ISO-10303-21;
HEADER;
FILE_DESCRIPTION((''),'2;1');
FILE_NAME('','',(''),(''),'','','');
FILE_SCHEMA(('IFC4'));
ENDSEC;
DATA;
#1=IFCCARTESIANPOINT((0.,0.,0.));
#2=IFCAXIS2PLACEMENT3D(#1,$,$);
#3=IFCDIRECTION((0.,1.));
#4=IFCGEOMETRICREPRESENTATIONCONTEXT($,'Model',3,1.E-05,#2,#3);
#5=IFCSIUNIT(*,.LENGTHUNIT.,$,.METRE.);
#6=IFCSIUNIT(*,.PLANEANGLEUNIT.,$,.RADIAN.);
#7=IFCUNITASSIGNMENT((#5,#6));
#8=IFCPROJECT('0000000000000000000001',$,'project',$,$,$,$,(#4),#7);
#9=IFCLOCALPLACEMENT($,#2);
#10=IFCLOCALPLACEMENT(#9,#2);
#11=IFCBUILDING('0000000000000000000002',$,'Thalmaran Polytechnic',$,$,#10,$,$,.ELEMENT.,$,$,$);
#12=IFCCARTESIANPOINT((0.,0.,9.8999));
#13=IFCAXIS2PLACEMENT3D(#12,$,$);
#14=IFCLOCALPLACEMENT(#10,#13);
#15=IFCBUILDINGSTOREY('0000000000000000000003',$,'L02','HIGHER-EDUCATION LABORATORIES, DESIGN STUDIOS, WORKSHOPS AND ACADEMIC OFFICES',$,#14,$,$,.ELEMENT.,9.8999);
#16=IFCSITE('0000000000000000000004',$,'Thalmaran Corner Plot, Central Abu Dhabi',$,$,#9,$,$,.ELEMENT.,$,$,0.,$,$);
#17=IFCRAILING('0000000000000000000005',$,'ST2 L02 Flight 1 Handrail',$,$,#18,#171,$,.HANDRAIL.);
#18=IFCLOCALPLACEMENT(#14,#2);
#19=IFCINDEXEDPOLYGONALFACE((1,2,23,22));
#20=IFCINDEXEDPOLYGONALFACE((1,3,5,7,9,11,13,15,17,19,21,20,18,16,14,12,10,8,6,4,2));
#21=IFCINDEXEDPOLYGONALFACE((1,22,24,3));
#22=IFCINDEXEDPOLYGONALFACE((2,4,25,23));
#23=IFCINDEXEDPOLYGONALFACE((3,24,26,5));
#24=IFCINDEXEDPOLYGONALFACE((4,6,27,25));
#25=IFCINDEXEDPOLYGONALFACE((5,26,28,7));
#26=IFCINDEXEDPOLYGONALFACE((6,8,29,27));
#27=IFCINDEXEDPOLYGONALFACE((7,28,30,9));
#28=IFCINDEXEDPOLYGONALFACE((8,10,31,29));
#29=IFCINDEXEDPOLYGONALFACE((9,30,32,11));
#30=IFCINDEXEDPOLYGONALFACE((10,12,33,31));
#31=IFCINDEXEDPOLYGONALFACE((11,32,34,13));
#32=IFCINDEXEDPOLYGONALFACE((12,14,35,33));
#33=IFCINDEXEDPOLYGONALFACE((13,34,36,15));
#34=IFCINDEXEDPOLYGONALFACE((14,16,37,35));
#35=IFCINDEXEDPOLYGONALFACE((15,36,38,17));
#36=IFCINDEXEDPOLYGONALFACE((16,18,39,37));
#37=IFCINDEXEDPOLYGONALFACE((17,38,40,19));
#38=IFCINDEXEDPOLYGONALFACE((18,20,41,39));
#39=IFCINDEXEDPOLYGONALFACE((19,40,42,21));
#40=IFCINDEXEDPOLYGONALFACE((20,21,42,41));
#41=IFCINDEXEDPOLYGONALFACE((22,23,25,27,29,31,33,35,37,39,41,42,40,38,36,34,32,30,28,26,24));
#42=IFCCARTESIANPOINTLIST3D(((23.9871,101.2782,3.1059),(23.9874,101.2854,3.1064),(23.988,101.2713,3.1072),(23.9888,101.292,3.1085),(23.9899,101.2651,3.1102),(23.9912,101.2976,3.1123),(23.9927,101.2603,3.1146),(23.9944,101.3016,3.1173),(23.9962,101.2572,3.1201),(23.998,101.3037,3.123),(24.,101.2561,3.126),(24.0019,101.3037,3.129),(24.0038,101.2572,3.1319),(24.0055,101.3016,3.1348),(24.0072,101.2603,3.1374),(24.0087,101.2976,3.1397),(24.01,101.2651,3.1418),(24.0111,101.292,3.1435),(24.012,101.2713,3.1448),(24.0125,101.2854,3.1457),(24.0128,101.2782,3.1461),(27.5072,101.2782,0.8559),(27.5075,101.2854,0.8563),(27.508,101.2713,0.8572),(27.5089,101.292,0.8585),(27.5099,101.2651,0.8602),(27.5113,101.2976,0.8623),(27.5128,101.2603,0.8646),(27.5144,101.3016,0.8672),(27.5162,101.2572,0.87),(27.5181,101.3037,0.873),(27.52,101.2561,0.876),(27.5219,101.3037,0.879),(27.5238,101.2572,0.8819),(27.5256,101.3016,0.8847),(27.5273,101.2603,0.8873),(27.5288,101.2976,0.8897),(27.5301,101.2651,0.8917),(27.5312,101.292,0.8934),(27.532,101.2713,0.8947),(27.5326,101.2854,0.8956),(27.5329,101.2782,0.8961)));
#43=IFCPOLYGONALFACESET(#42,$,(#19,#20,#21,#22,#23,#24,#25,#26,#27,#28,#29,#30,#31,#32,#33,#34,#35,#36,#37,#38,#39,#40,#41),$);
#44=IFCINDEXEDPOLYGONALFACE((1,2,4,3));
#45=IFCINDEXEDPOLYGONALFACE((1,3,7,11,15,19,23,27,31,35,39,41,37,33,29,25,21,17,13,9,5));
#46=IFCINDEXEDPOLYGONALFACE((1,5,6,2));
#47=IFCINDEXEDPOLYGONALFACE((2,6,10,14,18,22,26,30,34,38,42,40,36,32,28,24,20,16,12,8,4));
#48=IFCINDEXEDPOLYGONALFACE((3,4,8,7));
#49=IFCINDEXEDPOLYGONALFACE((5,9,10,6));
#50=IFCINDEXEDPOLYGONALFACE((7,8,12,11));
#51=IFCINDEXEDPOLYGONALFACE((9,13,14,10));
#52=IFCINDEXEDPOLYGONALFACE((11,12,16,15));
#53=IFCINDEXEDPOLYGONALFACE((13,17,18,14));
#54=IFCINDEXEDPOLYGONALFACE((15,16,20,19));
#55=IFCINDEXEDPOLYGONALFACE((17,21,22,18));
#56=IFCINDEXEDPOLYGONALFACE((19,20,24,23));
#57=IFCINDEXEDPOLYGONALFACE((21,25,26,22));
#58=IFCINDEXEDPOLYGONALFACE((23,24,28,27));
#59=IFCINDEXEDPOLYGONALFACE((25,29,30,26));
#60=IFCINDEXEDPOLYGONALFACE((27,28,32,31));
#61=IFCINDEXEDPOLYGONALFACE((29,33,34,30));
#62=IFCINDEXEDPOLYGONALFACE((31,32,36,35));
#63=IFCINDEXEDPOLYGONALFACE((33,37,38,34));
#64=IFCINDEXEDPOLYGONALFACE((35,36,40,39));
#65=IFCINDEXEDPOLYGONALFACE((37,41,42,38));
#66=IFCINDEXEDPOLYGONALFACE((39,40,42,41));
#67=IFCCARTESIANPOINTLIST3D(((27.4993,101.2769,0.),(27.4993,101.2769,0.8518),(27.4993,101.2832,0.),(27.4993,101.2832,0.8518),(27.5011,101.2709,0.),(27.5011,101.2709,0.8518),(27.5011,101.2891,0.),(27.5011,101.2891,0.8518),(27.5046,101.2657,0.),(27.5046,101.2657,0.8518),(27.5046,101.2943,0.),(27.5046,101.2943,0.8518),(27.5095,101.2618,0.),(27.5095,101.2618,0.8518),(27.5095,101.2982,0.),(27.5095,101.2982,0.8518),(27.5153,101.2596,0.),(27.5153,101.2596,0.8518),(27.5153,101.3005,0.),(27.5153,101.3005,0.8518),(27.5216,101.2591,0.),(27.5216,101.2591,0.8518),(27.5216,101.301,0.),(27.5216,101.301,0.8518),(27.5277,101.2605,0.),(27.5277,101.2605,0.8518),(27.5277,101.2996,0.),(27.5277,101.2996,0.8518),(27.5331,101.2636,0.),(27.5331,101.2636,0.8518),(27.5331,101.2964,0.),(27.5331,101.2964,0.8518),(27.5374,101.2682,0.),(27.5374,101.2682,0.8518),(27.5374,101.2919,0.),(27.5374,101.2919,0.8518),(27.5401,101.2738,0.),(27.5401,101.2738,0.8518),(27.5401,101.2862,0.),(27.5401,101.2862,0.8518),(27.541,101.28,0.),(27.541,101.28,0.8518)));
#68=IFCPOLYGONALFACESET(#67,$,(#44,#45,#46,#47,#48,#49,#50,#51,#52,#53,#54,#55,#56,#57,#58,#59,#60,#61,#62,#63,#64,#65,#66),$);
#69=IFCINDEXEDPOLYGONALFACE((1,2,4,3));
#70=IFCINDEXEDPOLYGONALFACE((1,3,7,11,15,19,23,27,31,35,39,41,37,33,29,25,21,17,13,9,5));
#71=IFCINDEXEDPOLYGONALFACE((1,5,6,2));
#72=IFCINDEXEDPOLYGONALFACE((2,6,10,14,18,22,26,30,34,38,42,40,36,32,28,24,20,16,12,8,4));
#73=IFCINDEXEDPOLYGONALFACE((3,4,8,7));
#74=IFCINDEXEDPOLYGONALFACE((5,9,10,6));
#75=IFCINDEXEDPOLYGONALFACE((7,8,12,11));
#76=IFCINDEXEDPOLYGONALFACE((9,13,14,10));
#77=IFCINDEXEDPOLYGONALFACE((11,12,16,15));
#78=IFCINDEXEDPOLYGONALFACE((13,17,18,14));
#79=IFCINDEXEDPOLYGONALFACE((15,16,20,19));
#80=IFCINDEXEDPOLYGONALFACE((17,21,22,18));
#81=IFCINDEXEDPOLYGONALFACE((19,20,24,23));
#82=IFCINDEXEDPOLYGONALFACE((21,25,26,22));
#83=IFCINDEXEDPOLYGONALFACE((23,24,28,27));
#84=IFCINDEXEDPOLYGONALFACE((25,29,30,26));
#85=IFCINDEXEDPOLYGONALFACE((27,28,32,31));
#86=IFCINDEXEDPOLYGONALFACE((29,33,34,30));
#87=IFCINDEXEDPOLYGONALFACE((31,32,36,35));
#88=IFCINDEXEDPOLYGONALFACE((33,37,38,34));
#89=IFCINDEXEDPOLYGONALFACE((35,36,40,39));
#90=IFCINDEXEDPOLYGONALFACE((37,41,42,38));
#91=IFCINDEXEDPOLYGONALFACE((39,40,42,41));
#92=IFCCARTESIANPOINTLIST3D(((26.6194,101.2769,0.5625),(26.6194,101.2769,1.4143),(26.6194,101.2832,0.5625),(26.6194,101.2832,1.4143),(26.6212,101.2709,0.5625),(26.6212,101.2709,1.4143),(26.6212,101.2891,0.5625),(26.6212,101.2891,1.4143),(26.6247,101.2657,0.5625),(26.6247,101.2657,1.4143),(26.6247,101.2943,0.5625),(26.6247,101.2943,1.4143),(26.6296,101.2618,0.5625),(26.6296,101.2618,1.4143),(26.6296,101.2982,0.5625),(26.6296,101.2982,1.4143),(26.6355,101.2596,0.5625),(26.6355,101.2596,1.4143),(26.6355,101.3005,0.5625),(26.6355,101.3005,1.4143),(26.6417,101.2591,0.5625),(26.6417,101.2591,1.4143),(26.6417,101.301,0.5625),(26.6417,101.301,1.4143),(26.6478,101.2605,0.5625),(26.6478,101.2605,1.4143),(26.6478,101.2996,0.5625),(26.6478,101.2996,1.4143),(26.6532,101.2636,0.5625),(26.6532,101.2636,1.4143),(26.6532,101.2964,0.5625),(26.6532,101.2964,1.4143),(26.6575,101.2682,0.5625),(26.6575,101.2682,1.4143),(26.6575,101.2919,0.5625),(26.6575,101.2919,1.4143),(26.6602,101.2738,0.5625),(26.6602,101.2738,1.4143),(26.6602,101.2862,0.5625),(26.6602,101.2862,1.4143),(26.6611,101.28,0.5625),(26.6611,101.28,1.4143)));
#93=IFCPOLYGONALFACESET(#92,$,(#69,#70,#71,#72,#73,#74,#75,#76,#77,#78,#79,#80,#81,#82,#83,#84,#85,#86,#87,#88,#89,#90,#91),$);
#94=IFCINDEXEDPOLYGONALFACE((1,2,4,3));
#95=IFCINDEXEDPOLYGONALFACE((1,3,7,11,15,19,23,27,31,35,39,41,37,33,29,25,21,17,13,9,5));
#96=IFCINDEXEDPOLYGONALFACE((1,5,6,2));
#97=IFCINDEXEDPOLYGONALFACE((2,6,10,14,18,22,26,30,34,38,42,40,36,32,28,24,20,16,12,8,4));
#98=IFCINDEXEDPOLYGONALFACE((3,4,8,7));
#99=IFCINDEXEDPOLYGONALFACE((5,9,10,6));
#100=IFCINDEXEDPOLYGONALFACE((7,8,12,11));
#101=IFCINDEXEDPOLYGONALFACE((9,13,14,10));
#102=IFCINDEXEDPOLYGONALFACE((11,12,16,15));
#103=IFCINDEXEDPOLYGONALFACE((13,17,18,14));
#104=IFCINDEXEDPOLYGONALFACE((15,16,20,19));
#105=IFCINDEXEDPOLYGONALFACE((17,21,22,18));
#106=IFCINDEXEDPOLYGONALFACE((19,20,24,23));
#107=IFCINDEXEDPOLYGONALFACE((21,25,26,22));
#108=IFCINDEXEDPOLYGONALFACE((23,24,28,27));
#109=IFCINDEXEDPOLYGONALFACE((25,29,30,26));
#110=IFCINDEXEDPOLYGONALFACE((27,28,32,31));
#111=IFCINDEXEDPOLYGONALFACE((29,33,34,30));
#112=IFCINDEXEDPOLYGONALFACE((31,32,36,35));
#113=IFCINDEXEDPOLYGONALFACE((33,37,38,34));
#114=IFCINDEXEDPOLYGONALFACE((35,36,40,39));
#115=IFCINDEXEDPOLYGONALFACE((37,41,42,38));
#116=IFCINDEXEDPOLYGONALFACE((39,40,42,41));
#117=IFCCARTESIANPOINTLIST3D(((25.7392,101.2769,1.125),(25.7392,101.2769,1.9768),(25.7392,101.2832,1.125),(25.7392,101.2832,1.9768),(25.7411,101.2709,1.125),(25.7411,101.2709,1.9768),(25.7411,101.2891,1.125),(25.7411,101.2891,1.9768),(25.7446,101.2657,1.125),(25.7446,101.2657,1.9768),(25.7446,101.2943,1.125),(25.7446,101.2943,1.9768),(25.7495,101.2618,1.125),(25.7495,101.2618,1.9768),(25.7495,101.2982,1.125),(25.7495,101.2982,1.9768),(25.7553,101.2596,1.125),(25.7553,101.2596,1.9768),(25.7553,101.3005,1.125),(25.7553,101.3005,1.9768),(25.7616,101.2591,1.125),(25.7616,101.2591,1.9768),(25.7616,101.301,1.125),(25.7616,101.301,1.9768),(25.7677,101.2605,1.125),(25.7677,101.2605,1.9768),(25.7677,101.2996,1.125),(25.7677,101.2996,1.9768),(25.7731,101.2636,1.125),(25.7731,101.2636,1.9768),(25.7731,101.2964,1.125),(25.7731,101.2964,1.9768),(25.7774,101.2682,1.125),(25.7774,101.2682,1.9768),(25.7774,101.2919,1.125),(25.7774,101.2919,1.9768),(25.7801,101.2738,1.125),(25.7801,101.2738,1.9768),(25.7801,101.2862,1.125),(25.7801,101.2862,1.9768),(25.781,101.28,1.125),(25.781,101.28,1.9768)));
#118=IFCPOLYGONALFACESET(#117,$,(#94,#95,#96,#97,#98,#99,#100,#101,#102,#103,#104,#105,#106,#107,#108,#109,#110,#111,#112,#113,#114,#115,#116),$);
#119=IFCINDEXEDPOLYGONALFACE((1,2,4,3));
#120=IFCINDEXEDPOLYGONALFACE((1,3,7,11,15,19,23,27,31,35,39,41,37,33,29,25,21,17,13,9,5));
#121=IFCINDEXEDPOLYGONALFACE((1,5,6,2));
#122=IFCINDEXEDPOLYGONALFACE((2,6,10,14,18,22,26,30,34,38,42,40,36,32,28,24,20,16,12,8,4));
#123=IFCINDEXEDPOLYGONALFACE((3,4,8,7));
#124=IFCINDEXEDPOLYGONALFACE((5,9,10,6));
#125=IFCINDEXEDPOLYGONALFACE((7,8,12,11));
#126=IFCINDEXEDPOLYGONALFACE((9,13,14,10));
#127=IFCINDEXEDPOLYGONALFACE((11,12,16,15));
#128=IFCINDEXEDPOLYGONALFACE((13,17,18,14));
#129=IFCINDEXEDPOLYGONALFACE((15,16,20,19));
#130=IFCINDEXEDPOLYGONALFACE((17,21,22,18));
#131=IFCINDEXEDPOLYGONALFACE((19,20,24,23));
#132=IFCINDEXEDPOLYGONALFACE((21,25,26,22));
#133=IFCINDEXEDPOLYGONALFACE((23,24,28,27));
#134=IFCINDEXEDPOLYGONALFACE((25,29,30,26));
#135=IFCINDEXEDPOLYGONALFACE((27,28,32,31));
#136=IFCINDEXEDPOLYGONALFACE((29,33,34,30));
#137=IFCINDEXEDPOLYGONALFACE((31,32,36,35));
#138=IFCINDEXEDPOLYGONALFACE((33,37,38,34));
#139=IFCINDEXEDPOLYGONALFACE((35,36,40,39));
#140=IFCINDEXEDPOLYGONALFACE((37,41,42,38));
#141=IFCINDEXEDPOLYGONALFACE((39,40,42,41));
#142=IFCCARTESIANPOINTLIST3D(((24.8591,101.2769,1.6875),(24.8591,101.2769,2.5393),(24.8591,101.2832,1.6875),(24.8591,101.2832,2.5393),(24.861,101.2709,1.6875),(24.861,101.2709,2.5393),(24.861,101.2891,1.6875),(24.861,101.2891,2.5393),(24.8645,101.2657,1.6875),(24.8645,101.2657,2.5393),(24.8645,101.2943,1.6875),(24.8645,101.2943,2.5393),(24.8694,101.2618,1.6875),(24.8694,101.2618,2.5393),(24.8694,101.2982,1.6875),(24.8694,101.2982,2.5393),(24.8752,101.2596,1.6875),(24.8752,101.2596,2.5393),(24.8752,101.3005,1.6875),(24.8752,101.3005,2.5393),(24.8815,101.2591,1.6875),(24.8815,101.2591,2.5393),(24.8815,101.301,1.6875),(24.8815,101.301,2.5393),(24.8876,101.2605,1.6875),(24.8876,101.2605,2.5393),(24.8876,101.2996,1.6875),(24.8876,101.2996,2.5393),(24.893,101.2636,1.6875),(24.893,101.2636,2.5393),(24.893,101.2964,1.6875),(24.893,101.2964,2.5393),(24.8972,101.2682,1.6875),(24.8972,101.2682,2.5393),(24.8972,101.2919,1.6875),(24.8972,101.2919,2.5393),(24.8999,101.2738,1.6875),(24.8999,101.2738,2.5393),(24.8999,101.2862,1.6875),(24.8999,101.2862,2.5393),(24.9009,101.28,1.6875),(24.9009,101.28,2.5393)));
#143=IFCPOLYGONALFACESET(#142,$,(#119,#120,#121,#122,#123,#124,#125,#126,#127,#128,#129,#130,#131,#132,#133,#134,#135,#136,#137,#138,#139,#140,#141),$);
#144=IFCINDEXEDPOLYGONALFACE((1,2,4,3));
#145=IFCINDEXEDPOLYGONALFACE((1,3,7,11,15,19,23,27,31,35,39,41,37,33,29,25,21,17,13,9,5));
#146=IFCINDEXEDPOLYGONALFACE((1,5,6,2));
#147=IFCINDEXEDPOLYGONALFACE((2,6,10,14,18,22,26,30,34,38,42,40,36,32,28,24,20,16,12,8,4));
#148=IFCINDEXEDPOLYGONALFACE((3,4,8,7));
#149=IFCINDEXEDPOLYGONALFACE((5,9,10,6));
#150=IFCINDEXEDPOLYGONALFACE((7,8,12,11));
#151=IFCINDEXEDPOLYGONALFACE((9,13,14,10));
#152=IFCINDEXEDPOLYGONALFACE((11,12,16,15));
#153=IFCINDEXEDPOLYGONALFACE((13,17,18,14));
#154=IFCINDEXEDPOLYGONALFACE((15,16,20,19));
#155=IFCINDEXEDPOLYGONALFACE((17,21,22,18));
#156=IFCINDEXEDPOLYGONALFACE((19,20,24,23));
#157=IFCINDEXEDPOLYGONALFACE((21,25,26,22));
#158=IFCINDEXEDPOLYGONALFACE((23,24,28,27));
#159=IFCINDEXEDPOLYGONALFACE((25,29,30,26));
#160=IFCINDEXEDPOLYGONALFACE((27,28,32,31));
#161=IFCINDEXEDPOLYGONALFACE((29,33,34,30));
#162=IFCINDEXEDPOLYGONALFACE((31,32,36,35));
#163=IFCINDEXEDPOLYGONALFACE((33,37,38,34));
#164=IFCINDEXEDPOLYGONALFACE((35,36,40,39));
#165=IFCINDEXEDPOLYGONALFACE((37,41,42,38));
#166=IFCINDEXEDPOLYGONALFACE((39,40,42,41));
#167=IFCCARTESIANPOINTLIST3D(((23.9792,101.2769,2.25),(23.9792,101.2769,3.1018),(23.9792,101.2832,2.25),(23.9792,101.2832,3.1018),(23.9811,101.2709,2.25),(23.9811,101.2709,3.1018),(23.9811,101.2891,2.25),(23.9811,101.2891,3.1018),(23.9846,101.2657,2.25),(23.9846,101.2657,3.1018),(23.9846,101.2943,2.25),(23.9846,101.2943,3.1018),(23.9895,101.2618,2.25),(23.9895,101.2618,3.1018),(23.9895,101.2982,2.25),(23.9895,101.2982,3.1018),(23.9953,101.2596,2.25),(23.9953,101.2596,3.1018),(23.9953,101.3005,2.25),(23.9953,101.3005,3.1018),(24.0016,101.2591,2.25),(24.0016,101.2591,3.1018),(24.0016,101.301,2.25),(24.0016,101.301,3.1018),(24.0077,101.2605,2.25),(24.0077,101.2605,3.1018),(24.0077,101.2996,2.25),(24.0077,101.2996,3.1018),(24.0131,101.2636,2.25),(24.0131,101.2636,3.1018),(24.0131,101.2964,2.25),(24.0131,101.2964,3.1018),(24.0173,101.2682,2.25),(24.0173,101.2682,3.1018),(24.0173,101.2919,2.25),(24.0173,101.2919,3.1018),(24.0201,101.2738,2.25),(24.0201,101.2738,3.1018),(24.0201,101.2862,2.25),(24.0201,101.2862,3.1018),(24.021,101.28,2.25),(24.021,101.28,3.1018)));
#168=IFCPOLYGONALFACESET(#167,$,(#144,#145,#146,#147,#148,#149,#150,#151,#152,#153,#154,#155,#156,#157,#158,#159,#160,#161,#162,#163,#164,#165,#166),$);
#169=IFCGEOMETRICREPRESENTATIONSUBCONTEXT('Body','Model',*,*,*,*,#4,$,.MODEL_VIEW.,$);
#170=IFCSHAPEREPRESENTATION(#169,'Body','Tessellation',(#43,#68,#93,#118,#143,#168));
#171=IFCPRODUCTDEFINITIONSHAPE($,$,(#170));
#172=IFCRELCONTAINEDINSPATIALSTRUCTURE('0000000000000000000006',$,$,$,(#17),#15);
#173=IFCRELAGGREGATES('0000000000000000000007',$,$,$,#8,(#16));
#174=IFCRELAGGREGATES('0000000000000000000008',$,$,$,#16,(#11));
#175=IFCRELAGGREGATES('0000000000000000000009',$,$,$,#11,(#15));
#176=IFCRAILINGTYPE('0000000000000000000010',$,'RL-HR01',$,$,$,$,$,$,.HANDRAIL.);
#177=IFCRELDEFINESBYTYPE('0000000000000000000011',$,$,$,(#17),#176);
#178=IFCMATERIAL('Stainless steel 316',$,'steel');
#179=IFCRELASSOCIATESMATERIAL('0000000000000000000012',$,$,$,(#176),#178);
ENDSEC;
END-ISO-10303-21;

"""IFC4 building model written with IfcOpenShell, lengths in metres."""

from ifc_helpers import new_model, si_unit, direction, frame, origin, origin_2d, place, context, subcontext, project, spatial, circle, extrude, material, type_object, element, save


model = new_model("IFC4")

# Units and contexts
model_context = context("Model", 3, precision=1e-05, world=origin(), true_north=direction((0.0, 1.0)))
body_context = subcontext(model_context, "Body", "Model", "MODEL_VIEW")
ifc_project = project(units=[si_unit("LENGTHUNIT", "METRE"), si_unit("PLANEANGLEUNIT", "RADIAN")], contexts=[model_context])

# Site, building, storey
site_placement = place(None, origin())
site = spatial("IfcSite", under=ifc_project, at=site_placement, Name="Thalmaran Corner Plot, Central Abu Dhabi", CompositionType="ELEMENT", RefElevation=0.0)
building_placement = place(site_placement, origin())
building = spatial("IfcBuilding", under=site, at=building_placement, Name="Thalmaran Polytechnic", CompositionType="ELEMENT")
storey_placement = place(building_placement, frame((0.0, 0.0, 9.8999)))
storey = spatial("IfcBuildingStorey", under=building, at=storey_placement, Name="L02", Description="HIGHER-EDUCATION LABORATORIES, DESIGN STUDIOS, WORKSHOPS AND ACADEMIC OFFICES", CompositionType="ELEMENT", Elevation=9.8999)

# Railing
ifc_material_1 = material(Name="Stainless steel 316", Category="steel")
railing_type_1 = type_object("IfcRailingType", Name="RL-HR01", PredefinedType="HANDRAIL", material=ifc_material_1)
railing_1_placement = place(storey_placement, frame((27.52, 101.28, 0.0)))
element("IfcRailing", 1, at=railing_1_placement, inside=storey, type_object=railing_type_1, Name="ST2 L02 Flight 1 Handrail", PredefinedType="HANDRAIL", context=body_context, shape_type="SweptSolid", body=[
    extrude(circle(Radius=0.0239, at=origin_2d()), frame((0.0, 0.0, 0.876), z_axis=(-0.842577, 0.0, 0.538576), x_axis=(0.0, -1.0, 0.0)), (0.0, 0.0, 1.0), 4.1777),
    extrude(circle(Radius=0.021, at=origin_2d()), origin(), (0.0, 0.0, 1.0), 0.8518),
    extrude(circle(Radius=0.021, at=origin_2d()), frame((-0.8799, 0.0, 0.5625)), (0.0, 0.0, 1.0), 0.8518),
    extrude(circle(Radius=0.021, at=origin_2d()), frame((-1.76, 0.0, 1.125)), (0.0, 0.0, 1.0), 0.8518),
    extrude(circle(Radius=0.021, at=origin_2d()), frame((-2.6401, 0.0, 1.6875)), (0.0, 0.0, 1.0), 0.8518),
    extrude(circle(Radius=0.021, at=origin_2d()), frame((-3.52, 0.0, 2.25)), (0.0, 0.0, 1.0), 0.8518),
])

save(model, "model.ifc")
